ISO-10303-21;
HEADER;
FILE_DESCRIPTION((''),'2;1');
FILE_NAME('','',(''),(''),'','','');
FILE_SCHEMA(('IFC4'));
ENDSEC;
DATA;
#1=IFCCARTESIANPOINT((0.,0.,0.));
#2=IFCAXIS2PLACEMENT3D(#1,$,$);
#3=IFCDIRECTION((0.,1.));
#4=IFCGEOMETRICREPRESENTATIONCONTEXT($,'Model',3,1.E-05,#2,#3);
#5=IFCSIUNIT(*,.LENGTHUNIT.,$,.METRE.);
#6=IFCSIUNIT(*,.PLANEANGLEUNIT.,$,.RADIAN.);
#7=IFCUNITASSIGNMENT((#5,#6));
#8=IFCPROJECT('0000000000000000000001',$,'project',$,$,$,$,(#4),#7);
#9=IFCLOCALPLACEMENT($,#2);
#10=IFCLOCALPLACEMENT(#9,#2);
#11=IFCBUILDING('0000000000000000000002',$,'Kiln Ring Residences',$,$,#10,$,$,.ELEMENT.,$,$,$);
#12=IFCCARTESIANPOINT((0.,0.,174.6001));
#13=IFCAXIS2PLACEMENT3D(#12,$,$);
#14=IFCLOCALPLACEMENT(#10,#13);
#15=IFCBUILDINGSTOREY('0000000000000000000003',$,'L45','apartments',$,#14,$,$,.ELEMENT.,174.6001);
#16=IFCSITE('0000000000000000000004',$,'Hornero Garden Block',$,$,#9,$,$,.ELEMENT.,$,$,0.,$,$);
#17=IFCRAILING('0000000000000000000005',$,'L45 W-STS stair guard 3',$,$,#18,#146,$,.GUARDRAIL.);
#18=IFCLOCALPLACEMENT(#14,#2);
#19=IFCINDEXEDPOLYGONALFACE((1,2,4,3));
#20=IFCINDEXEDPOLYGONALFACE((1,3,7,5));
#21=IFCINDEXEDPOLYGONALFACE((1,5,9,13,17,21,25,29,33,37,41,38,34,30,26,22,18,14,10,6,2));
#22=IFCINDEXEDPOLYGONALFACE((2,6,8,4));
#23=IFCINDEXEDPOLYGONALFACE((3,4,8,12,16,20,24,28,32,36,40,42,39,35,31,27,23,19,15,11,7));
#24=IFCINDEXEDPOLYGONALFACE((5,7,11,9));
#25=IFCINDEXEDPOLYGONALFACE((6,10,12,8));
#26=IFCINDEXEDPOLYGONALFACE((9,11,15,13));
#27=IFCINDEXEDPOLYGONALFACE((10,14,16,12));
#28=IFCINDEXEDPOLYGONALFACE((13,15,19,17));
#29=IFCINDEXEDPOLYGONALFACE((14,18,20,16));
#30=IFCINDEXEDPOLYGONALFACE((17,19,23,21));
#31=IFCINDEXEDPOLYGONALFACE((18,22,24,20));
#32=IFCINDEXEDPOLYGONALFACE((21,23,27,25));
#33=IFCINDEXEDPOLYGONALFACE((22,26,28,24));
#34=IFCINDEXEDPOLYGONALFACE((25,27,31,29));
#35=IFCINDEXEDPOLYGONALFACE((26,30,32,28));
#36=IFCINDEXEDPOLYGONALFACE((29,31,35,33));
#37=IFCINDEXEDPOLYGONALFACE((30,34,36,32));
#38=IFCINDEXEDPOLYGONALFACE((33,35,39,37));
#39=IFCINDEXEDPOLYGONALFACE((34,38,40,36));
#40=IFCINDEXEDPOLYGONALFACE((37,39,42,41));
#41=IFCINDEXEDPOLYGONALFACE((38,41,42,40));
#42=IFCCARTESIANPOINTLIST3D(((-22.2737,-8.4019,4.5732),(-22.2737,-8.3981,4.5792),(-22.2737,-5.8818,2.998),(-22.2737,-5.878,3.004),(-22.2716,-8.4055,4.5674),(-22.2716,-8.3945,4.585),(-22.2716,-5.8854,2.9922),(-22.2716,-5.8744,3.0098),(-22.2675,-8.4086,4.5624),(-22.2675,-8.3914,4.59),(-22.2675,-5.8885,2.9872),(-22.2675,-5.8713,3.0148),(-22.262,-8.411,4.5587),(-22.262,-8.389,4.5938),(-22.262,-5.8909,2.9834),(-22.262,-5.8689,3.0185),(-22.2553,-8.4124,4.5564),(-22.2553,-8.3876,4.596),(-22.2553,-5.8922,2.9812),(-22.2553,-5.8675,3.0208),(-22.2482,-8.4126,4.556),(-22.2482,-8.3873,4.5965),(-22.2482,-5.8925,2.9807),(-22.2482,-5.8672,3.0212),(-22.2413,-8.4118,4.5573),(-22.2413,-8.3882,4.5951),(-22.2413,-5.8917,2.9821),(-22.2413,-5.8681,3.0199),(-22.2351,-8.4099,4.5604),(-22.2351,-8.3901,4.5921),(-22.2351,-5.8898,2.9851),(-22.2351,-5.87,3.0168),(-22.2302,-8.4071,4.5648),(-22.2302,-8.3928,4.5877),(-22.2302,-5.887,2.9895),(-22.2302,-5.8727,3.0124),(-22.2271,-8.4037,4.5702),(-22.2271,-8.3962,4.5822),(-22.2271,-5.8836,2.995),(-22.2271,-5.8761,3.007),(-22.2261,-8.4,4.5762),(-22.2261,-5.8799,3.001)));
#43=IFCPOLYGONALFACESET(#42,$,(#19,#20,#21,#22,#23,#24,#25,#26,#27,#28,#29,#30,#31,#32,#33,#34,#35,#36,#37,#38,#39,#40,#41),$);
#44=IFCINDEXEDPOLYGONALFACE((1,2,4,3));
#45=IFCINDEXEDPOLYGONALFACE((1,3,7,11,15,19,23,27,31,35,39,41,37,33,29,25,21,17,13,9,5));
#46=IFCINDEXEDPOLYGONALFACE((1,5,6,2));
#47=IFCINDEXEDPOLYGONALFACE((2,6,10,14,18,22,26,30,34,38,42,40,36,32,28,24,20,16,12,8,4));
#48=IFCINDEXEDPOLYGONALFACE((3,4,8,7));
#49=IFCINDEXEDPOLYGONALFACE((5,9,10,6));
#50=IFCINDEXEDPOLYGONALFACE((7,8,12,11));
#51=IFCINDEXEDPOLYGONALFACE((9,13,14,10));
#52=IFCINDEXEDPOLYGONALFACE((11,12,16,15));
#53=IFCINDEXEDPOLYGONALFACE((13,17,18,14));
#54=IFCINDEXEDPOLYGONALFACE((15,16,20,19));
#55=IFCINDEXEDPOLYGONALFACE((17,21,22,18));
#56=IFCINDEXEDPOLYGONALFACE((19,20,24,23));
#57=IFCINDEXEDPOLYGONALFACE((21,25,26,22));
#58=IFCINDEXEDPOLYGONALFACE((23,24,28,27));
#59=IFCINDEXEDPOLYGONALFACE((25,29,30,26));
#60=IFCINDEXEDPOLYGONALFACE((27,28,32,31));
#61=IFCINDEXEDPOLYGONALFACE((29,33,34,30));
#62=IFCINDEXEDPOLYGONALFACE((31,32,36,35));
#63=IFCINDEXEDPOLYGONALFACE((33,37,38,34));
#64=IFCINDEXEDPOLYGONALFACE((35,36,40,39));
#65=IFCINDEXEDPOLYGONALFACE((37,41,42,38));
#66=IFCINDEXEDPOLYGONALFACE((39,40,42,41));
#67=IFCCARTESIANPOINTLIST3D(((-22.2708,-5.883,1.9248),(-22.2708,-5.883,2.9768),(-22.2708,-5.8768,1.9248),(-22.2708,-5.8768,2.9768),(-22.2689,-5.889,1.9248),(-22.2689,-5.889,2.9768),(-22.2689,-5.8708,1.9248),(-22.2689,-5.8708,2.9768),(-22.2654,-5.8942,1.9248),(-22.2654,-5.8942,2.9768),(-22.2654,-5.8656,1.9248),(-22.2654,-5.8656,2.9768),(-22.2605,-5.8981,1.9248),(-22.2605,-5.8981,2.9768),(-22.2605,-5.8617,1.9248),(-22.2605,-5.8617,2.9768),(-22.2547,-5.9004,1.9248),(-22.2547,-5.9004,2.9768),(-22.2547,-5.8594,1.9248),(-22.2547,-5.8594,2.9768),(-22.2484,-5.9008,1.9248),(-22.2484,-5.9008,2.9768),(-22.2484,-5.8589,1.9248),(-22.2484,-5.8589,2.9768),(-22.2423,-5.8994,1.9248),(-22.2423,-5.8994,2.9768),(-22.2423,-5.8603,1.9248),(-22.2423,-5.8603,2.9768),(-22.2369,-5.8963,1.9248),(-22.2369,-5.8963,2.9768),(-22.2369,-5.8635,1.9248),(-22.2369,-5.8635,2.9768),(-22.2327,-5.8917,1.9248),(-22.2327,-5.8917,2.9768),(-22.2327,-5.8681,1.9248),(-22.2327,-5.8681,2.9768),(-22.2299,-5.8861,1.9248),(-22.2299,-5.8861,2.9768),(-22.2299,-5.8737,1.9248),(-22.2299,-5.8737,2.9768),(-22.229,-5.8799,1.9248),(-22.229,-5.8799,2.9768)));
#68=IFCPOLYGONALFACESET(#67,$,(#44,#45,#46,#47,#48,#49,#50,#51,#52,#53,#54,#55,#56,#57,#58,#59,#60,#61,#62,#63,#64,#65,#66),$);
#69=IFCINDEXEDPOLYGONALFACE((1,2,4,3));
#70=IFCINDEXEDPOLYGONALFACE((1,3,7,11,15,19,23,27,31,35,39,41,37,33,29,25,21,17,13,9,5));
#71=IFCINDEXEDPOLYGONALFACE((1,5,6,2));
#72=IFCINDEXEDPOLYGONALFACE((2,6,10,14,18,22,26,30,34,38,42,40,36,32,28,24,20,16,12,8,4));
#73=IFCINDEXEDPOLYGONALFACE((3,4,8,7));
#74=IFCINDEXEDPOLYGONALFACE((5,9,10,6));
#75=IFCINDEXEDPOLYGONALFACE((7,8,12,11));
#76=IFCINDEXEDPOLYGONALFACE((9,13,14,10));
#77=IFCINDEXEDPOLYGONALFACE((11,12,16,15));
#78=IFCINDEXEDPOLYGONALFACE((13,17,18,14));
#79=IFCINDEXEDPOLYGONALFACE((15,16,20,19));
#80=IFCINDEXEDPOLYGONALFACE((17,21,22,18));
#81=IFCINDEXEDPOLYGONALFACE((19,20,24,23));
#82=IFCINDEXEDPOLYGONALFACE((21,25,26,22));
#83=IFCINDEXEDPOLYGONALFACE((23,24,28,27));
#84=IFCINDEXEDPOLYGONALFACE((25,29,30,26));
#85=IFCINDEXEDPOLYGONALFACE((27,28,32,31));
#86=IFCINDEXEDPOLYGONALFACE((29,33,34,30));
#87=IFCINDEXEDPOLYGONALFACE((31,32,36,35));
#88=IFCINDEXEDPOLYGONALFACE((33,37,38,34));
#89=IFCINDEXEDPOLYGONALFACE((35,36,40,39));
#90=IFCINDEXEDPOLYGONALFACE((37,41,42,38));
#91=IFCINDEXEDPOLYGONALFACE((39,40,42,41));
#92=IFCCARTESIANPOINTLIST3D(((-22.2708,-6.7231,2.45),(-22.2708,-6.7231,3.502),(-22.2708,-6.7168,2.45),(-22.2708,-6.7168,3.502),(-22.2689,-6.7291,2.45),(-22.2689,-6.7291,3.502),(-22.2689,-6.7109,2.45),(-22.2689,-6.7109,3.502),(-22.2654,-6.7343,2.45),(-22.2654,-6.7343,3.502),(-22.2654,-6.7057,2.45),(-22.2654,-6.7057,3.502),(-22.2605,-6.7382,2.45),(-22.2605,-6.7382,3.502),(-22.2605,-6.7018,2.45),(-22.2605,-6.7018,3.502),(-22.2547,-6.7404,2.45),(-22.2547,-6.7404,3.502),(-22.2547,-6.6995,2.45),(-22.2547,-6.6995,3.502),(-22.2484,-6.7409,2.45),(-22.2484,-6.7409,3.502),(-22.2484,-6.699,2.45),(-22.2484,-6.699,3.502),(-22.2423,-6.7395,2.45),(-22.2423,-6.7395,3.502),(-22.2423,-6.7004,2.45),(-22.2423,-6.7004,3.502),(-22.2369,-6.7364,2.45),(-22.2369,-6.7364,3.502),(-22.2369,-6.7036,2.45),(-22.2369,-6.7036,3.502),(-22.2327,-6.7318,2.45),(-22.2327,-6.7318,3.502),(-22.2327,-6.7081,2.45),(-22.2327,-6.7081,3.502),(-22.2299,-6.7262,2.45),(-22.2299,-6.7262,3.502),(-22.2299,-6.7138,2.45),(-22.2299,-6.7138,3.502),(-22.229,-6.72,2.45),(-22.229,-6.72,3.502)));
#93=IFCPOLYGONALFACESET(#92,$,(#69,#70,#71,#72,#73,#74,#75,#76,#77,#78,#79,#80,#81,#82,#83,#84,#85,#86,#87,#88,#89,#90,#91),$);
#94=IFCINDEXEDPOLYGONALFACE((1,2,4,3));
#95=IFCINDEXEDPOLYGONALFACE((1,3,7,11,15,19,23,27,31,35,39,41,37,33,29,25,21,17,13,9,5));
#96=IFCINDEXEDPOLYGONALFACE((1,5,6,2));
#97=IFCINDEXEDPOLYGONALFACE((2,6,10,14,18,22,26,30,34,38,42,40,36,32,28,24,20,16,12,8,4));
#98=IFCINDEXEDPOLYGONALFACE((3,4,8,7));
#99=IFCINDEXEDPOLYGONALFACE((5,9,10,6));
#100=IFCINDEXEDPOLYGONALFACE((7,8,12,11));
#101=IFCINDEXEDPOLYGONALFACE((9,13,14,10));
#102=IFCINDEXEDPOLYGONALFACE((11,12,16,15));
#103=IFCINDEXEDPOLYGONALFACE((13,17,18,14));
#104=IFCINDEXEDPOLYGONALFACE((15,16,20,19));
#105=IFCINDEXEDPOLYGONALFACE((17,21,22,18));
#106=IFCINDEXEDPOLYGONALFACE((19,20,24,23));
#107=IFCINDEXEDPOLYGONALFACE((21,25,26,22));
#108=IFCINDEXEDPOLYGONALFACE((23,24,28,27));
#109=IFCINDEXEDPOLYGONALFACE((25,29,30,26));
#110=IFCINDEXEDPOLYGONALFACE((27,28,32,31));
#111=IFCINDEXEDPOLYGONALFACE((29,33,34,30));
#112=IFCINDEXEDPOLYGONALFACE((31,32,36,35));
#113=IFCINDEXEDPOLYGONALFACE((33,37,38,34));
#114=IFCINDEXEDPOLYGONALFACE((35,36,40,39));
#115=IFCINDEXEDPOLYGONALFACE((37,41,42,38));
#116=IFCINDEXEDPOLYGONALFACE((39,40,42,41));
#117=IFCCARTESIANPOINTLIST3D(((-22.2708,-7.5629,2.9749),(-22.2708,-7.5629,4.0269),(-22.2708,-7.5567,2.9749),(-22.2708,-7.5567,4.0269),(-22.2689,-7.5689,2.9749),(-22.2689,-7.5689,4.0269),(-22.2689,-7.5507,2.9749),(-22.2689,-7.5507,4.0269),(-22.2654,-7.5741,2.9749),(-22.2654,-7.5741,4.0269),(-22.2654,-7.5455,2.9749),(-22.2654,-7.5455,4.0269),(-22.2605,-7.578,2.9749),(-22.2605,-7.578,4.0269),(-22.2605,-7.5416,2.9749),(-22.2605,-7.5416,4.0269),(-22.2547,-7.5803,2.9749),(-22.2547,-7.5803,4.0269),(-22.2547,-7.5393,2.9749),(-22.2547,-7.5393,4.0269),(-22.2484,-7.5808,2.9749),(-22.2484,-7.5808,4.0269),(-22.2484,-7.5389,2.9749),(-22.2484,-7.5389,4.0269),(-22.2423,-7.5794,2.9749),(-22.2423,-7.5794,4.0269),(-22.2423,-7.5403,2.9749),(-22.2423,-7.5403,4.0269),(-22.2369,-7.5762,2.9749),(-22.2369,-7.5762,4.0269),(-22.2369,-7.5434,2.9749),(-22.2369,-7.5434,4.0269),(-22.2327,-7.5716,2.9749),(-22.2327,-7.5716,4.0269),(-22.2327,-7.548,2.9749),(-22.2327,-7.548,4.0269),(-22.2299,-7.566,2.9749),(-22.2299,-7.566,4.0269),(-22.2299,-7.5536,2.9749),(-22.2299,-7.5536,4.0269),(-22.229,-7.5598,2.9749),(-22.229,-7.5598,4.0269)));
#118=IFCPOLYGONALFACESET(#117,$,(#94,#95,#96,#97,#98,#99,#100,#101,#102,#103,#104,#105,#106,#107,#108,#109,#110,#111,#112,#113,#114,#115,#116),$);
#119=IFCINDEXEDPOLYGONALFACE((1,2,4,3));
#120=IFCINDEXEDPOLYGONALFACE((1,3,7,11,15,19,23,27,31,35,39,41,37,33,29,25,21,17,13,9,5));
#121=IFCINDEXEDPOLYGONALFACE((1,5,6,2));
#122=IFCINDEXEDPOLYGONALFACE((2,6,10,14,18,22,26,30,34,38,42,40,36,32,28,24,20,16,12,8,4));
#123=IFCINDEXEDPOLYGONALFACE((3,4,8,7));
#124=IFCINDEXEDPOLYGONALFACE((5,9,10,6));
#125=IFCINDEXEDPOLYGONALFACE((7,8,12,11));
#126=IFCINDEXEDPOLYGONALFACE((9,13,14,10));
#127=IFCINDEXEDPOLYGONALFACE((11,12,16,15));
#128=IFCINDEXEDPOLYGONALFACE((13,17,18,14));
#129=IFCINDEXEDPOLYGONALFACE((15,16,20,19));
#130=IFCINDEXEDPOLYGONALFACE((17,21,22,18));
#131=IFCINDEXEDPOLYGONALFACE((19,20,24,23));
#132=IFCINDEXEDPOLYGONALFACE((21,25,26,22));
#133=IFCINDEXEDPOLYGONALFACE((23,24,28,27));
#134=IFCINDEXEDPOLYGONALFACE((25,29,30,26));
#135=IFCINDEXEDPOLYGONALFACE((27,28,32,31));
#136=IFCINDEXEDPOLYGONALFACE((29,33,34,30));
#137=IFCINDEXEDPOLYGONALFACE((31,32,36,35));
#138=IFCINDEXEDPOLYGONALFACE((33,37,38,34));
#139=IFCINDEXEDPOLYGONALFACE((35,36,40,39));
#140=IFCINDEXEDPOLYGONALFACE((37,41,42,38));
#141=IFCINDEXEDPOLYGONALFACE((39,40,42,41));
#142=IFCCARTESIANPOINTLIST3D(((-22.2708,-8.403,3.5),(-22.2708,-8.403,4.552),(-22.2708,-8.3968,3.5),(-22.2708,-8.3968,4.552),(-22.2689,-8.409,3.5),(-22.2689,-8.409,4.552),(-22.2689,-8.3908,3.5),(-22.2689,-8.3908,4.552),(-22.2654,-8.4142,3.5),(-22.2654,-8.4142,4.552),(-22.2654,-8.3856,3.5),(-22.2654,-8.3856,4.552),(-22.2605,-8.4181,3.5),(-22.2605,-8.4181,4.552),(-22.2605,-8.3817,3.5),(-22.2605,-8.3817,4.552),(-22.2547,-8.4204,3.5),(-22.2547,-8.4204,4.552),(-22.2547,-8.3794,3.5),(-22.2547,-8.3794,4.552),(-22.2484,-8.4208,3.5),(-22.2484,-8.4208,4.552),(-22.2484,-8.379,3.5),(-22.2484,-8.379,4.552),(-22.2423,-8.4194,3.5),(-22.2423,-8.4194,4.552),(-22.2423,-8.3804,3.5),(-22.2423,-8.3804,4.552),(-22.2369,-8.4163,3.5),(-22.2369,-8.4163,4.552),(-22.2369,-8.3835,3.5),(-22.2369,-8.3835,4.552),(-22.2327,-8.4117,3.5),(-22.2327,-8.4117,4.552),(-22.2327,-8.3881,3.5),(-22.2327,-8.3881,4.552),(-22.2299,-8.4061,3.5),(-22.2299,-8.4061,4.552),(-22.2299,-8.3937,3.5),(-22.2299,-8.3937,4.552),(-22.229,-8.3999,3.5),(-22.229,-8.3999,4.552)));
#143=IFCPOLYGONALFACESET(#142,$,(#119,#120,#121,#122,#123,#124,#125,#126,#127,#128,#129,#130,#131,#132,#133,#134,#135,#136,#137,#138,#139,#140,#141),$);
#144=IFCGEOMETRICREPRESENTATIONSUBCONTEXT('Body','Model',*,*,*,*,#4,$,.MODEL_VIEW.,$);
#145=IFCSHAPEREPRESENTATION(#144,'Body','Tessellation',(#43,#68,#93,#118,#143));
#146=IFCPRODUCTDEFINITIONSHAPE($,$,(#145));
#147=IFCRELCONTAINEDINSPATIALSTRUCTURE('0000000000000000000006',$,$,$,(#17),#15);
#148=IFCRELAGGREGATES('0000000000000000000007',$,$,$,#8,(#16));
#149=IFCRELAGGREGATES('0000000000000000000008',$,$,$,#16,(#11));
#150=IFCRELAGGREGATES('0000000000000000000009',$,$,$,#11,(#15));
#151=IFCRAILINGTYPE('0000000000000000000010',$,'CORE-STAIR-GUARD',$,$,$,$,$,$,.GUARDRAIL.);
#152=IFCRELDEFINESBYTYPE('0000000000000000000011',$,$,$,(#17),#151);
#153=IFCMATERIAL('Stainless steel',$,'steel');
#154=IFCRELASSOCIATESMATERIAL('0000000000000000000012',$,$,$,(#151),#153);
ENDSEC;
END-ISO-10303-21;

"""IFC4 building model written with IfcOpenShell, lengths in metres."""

from ifc_helpers import new_model, si_unit, direction, frame, origin, origin_2d, place, context, subcontext, project, spatial, circle, extrude, material, type_object, element, save


model = new_model("IFC4")

# Units and contexts
model_context = context("Model", 3, precision=1e-05, world=origin(), true_north=direction((0.0, 1.0)))
body_context = subcontext(model_context, "Body", "Model", "MODEL_VIEW")
ifc_project = project(units=[si_unit("LENGTHUNIT", "METRE"), si_unit("PLANEANGLEUNIT", "RADIAN")], contexts=[model_context])

# Site, building, storey
site_placement = place(None, origin())
site = spatial("IfcSite", under=ifc_project, at=site_placement, Name="Hornero Garden Block", CompositionType="ELEMENT", RefElevation=0.0)
building_placement = place(site_placement, origin())
building = spatial("IfcBuilding", under=site, at=building_placement, Name="Kiln Ring Residences", CompositionType="ELEMENT")
storey_placement = place(building_placement, frame((0.0, 0.0, 174.6001)))
storey = spatial("IfcBuildingStorey", under=building, at=storey_placement, Name="L45", Description="apartments", CompositionType="ELEMENT", Elevation=174.6001)

# Railing
ifc_material_1 = material(Name="Stainless steel", Category="steel")
railing_type_1 = type_object("IfcRailingType", Name="CORE-STAIR-GUARD", PredefinedType="GUARDRAIL", material=ifc_material_1)
railing_1_placement = place(storey_placement, frame((-22.25, -5.8799, 1.9248)))
element("IfcRailing", 1, at=railing_1_placement, inside=storey, type_object=railing_type_1, Name="L45 W-STS stair guard 3", PredefinedType="GUARDRAIL", context=body_context, shape_type="SweptSolid", body=[
    extrude(circle(Radius=0.0239, at=origin_2d()), frame((0.0, 0.0, 1.0762), z_axis=(0.0, -0.847971, 0.530043), x_axis=(1.0, 0.0, 0.0)), (0.0, 0.0, 1.0), 2.9719),
    extrude(circle(Radius=0.021, at=origin_2d()), origin(), (0.0, 0.0, 1.0), 1.052),
    extrude(circle(Radius=0.021, at=origin_2d()), frame((0.0, -0.8401, 0.5251)), (0.0, 0.0, 1.0), 1.052),
    extrude(circle(Radius=0.021, at=origin_2d()), frame((0.0, -1.6799, 1.05)), (0.0, 0.0, 1.0), 1.052),
    extrude(circle(Radius=0.021, at=origin_2d()), frame((0.0, -2.52, 1.5752)), (0.0, 0.0, 1.0), 1.052),
])

save(model, "model.ifc")
